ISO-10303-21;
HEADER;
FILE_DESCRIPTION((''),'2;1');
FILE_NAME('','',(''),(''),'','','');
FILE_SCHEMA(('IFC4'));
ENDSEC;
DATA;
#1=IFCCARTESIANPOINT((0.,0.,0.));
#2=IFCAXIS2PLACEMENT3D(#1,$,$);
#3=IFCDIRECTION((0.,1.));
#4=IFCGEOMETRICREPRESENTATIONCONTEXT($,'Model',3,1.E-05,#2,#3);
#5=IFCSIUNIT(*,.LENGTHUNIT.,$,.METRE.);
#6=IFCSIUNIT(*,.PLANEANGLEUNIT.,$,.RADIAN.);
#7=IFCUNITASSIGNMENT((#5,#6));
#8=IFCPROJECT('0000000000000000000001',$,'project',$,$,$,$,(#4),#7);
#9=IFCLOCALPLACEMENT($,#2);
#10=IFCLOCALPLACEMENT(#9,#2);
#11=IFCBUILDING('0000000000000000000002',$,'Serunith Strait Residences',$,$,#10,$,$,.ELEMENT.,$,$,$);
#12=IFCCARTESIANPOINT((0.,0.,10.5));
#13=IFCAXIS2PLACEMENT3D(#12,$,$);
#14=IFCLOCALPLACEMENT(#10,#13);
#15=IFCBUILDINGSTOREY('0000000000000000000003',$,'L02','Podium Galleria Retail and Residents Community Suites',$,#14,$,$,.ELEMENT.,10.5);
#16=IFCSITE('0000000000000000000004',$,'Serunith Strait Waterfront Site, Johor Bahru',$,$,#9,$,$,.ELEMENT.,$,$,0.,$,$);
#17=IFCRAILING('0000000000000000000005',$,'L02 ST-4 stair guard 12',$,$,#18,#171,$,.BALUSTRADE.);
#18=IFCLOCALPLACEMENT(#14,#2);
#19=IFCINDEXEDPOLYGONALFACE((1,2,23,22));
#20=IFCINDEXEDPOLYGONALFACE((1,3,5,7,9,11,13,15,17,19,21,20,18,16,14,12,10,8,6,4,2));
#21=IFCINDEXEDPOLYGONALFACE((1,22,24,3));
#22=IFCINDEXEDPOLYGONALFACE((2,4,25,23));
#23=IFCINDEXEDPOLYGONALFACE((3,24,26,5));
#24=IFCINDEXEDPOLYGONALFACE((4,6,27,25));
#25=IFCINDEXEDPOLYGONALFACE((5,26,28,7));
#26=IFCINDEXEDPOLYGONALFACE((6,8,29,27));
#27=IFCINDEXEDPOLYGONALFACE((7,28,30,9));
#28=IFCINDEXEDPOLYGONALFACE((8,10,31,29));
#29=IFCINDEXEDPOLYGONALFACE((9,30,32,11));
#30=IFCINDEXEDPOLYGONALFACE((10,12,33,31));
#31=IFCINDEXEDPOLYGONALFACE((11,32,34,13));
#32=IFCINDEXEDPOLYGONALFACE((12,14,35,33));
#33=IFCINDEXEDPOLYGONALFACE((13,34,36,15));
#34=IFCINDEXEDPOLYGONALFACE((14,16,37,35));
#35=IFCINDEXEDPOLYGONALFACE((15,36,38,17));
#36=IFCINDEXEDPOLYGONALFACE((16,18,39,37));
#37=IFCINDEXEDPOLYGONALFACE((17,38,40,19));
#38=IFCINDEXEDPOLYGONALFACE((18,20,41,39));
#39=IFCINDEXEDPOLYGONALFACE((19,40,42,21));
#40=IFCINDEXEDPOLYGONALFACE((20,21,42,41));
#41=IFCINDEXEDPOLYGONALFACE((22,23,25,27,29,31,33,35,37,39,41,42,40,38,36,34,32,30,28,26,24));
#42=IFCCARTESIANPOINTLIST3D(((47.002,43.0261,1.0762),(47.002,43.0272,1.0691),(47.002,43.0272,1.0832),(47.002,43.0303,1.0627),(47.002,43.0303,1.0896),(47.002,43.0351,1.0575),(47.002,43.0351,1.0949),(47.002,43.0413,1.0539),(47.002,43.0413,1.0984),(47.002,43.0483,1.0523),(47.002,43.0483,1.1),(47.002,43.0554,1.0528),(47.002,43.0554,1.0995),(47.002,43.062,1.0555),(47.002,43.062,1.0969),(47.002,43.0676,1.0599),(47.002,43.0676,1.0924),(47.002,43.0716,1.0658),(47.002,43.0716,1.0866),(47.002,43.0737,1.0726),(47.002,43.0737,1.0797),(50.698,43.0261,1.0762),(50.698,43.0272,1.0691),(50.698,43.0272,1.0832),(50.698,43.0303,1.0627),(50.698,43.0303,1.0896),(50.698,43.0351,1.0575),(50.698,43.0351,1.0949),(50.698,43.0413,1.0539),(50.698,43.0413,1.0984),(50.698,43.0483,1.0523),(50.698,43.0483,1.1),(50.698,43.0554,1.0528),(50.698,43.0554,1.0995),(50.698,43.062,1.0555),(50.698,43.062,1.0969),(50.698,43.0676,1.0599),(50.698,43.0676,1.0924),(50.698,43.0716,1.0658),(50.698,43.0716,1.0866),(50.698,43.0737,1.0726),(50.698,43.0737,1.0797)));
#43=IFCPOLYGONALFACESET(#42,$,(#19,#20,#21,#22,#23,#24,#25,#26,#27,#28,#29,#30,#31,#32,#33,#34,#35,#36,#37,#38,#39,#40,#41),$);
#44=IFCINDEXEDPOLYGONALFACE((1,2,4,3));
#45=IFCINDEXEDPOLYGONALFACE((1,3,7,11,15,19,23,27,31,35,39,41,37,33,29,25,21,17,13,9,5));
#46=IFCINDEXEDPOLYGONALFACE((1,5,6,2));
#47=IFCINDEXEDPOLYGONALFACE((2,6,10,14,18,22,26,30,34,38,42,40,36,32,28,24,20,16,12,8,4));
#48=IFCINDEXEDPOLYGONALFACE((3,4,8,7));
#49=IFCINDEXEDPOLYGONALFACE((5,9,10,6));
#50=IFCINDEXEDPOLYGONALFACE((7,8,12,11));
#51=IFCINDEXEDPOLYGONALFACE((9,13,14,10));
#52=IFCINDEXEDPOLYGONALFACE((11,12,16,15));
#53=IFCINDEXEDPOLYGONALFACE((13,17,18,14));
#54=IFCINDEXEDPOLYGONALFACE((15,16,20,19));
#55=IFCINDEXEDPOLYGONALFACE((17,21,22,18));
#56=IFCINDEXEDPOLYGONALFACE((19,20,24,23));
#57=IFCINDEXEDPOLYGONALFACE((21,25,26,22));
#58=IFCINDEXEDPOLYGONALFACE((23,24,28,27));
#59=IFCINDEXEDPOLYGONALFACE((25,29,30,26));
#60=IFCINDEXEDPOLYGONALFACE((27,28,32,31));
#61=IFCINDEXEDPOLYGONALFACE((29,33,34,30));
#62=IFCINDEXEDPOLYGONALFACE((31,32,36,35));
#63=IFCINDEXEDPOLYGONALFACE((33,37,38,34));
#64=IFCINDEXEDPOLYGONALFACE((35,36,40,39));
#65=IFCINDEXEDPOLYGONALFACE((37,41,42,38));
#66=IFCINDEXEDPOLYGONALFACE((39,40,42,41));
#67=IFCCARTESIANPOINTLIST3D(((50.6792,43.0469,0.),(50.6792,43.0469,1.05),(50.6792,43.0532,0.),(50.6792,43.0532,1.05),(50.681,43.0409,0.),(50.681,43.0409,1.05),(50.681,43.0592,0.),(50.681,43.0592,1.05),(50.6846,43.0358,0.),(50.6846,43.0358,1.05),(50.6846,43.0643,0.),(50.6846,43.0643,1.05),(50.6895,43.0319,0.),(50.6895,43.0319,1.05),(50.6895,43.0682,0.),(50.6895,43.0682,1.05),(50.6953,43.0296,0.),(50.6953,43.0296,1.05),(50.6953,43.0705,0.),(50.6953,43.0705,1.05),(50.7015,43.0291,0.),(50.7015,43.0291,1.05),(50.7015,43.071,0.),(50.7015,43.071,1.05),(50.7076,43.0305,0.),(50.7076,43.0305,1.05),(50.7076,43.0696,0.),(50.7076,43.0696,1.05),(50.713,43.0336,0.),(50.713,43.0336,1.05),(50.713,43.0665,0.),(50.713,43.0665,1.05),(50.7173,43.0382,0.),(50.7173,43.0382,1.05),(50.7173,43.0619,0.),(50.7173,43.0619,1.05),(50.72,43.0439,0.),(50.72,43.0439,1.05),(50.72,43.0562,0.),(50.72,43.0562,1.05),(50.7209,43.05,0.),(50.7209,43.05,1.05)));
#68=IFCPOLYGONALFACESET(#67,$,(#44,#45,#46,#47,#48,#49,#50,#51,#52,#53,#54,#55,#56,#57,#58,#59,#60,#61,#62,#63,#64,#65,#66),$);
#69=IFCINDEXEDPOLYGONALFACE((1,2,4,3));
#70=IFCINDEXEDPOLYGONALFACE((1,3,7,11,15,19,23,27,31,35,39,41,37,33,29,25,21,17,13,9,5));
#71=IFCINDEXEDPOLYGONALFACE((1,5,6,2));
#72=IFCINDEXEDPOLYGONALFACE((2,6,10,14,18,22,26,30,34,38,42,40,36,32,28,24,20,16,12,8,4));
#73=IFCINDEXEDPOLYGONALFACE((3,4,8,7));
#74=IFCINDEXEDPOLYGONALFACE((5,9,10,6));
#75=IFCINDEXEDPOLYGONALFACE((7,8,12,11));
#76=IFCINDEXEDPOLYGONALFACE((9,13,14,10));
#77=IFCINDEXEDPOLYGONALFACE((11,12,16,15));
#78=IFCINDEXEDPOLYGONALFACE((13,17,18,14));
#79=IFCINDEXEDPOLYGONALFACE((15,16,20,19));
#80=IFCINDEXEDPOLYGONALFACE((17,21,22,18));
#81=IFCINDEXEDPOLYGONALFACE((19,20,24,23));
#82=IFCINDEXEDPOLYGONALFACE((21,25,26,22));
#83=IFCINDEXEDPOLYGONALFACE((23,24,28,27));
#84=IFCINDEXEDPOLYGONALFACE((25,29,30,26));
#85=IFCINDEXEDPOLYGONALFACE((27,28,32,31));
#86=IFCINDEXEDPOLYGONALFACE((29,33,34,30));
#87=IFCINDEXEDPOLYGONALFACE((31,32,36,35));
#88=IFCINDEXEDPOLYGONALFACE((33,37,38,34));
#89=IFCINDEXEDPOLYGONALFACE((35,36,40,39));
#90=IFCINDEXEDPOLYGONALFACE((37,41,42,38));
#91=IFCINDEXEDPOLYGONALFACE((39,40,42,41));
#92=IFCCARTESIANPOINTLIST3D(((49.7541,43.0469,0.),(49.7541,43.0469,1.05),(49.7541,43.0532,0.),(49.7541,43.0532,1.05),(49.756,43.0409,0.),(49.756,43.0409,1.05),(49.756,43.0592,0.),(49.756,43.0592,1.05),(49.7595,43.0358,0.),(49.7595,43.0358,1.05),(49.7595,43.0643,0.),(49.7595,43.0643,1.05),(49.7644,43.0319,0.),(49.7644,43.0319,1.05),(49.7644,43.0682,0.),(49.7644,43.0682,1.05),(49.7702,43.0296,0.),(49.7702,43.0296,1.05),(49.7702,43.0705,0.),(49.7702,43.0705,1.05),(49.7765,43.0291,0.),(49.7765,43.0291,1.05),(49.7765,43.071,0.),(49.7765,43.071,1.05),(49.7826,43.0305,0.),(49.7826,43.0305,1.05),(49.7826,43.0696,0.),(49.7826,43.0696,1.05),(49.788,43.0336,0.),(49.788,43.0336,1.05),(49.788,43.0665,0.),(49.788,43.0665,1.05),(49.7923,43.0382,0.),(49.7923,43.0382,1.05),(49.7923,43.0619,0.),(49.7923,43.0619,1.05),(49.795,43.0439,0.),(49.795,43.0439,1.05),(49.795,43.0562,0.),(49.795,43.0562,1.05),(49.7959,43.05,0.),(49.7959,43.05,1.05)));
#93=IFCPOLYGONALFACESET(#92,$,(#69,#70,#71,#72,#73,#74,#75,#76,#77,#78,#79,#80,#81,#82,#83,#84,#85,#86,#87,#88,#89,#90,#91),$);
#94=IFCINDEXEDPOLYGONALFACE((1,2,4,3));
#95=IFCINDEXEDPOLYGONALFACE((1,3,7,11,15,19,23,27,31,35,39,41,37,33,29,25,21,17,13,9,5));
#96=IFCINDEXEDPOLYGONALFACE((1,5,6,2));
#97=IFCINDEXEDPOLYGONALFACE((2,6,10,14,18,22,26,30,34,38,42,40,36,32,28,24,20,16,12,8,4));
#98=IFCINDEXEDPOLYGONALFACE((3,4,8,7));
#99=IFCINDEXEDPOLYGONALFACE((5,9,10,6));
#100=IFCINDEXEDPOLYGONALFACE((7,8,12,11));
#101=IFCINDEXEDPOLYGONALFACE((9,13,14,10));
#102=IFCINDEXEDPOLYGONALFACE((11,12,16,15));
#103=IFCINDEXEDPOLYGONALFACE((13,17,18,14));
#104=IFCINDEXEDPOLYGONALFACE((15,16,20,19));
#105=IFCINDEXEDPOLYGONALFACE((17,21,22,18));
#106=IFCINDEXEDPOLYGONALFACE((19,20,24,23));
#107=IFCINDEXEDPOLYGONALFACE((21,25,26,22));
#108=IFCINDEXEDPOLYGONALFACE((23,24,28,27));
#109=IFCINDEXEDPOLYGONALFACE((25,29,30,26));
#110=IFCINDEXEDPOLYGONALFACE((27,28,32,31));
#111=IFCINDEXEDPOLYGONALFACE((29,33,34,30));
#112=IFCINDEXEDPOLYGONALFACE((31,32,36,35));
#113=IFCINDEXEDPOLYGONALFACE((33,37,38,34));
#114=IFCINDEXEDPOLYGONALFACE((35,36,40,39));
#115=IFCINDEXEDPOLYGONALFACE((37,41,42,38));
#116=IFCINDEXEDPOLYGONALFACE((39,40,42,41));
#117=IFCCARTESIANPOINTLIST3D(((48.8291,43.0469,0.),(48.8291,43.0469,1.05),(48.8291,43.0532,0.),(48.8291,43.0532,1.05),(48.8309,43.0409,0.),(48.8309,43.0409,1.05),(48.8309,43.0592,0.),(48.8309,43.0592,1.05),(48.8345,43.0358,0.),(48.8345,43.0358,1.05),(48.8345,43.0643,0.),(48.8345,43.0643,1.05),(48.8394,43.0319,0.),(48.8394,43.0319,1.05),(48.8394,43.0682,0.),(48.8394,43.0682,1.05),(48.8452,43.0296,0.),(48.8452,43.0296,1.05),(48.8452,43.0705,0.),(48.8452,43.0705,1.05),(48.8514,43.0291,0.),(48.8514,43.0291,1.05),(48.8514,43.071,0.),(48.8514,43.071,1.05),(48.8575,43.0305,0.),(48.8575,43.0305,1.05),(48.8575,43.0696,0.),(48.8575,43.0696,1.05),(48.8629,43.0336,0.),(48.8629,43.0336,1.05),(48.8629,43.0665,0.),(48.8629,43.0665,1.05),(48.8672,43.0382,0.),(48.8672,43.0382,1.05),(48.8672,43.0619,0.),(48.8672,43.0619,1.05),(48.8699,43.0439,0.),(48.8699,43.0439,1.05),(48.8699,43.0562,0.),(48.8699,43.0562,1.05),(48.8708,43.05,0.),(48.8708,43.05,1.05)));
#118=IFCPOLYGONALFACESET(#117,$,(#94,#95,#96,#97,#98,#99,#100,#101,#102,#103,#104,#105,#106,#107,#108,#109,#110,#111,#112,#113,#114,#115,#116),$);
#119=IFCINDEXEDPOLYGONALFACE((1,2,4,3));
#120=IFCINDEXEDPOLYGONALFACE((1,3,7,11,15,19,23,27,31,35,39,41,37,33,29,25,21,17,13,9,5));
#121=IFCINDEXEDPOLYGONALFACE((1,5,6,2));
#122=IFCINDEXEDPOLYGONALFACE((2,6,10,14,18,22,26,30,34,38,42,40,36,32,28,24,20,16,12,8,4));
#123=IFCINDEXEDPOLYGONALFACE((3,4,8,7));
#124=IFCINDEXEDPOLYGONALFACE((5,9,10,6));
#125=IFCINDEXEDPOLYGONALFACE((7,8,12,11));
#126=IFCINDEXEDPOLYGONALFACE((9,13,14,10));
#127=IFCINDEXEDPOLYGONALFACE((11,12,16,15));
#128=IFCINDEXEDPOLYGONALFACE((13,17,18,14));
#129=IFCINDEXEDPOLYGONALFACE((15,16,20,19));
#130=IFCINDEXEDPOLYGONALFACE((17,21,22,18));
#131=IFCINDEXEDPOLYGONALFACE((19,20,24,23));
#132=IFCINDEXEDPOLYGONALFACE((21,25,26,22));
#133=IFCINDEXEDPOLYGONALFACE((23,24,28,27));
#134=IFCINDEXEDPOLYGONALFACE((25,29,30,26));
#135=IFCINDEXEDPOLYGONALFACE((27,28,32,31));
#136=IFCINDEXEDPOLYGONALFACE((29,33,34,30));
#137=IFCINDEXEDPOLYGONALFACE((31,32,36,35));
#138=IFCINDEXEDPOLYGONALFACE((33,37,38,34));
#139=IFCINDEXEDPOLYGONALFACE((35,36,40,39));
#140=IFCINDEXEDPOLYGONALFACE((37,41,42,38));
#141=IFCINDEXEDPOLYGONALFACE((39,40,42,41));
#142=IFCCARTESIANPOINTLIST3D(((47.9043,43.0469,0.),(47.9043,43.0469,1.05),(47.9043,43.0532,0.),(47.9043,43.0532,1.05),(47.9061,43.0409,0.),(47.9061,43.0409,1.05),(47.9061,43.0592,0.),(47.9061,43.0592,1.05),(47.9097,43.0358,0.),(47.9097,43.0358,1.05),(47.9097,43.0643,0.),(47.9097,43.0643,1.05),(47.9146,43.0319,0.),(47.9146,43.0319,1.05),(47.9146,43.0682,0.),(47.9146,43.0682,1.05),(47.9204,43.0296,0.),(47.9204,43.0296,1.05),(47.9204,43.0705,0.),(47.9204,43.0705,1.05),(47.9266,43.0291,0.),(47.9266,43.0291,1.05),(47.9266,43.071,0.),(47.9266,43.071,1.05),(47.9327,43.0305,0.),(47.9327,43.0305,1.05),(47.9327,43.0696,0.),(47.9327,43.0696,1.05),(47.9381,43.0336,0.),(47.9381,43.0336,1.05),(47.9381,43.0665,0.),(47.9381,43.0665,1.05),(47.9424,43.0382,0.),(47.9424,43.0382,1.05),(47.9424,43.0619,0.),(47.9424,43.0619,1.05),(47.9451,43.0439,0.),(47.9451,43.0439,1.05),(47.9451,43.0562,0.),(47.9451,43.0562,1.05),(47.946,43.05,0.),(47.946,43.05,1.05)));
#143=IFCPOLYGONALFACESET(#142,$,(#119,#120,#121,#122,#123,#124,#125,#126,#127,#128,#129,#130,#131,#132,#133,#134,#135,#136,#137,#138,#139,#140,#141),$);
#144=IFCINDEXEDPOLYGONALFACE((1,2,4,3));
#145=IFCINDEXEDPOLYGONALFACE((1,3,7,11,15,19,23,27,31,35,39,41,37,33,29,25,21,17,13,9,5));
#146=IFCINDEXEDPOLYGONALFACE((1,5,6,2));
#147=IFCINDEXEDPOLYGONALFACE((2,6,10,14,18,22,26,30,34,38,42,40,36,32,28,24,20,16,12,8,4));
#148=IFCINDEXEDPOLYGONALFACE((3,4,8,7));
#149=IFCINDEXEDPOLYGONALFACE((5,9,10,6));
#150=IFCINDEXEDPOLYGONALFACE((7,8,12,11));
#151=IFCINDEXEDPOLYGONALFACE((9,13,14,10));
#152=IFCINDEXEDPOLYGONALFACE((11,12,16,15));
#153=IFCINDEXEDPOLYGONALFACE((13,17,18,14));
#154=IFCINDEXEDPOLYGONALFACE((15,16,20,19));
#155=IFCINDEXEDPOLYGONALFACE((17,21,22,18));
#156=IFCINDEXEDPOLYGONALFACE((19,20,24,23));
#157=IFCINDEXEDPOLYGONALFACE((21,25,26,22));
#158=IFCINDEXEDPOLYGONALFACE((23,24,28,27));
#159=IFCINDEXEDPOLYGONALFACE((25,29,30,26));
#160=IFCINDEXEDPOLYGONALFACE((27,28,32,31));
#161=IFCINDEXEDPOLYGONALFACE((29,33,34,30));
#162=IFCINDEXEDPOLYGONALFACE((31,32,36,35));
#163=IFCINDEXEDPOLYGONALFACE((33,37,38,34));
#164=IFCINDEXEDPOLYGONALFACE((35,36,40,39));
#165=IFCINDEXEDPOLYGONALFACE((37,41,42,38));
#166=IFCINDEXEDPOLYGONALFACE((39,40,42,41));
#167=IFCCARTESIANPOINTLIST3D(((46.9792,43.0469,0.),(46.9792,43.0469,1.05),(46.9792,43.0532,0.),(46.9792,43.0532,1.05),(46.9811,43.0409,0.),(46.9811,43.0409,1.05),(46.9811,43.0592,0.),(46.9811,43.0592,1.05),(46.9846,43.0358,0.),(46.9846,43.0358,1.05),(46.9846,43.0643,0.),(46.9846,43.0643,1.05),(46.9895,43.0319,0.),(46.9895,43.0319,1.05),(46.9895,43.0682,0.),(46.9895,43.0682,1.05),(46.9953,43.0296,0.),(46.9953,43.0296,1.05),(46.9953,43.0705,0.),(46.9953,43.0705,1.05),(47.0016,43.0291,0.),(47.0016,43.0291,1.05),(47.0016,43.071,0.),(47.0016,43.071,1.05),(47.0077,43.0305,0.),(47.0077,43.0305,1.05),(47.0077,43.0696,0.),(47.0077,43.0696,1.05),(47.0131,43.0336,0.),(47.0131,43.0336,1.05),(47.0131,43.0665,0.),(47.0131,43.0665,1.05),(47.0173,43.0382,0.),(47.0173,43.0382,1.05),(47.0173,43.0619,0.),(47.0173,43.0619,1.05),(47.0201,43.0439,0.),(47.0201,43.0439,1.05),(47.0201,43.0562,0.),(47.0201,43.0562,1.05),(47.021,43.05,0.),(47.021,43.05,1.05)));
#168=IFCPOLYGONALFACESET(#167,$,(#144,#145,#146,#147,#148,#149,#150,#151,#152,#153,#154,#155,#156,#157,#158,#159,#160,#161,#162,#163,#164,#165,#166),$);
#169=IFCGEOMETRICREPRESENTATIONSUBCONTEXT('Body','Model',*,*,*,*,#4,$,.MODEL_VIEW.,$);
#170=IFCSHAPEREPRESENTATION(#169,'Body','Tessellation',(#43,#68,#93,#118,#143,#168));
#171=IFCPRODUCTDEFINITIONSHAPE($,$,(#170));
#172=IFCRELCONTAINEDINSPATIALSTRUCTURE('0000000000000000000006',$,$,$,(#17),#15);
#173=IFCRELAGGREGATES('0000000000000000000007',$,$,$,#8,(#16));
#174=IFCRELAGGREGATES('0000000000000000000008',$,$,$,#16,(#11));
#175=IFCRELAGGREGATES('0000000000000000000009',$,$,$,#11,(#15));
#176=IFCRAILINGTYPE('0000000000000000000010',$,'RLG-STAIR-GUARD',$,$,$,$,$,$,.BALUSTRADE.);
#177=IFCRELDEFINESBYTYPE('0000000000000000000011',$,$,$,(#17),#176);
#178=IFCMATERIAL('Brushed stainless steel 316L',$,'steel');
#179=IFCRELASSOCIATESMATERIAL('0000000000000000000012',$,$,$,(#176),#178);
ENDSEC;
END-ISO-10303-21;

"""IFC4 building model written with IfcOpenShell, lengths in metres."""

from ifc_helpers import new_model, si_unit, direction, frame, origin, origin_2d, place, context, subcontext, project, spatial, circle, extrude, material, type_object, element, save


model = new_model("IFC4")

# Units and contexts
model_context = context("Model", 3, precision=1e-05, world=origin(), true_north=direction((0.0, 1.0)))
body_context = subcontext(model_context, "Body", "Model", "MODEL_VIEW")
ifc_project = project(units=[si_unit("LENGTHUNIT", "METRE"), si_unit("PLANEANGLEUNIT", "RADIAN")], contexts=[model_context])

# Site, building, storey
site_placement = place(None, origin())
site = spatial("IfcSite", under=ifc_project, at=site_placement, Name="Serunith Strait Waterfront Site, Johor Bahru", CompositionType="ELEMENT", RefElevation=0.0)
building_placement = place(site_placement, origin())
building = spatial("IfcBuilding", under=site, at=building_placement, Name="Serunith Strait Residences", CompositionType="ELEMENT")
storey_placement = place(building_placement, frame((0.0, 0.0, 10.5)))
storey = spatial("IfcBuildingStorey", under=building, at=storey_placement, Name="L02", Description="Podium Galleria Retail and Residents Community Suites", CompositionType="ELEMENT", Elevation=10.5)

# Railing
ifc_material_1 = material(Name="Brushed stainless steel 316L", Category="steel")
railing_type_1 = type_object("IfcRailingType", Name="RLG-STAIR-GUARD", PredefinedType="BALUSTRADE", material=ifc_material_1)
railing_1_placement = place(storey_placement, frame((50.7, 43.05, 0.0)))
element("IfcRailing", 1, at=railing_1_placement, inside=storey, type_object=railing_type_1, Name="L02 ST-4 stair guard 12", PredefinedType="BALUSTRADE", context=body_context, shape_type="SweptSolid", body=[
    extrude(circle(Radius=0.0239, at=origin_2d()), frame((-0.002, 0.0, 1.0762), z_axis=(-1.0, 0.0, 0.0), x_axis=(0.0, -1.0, 0.0)), (0.0, 0.0, 1.0), 3.696),
    extrude(circle(Radius=0.021, at=origin_2d()), origin(), (0.0, 0.0, 1.0), 1.05),
    extrude(circle(Radius=0.021, at=origin_2d()), frame((-0.925, 0.0, 0.0)), (0.0, 0.0, 1.0), 1.05),
    extrude(circle(Radius=0.021, at=origin_2d()), frame((-1.8501, 0.0, 0.0)), (0.0, 0.0, 1.0), 1.05),
    extrude(circle(Radius=0.021, at=origin_2d()), frame((-2.7749, 0.0, 0.0)), (0.0, 0.0, 1.0), 1.05),
    extrude(circle(Radius=0.021, at=origin_2d()), frame((-3.7, 0.0, 0.0)), (0.0, 0.0, 1.0), 1.05),
])

save(model, "model.ifc")
